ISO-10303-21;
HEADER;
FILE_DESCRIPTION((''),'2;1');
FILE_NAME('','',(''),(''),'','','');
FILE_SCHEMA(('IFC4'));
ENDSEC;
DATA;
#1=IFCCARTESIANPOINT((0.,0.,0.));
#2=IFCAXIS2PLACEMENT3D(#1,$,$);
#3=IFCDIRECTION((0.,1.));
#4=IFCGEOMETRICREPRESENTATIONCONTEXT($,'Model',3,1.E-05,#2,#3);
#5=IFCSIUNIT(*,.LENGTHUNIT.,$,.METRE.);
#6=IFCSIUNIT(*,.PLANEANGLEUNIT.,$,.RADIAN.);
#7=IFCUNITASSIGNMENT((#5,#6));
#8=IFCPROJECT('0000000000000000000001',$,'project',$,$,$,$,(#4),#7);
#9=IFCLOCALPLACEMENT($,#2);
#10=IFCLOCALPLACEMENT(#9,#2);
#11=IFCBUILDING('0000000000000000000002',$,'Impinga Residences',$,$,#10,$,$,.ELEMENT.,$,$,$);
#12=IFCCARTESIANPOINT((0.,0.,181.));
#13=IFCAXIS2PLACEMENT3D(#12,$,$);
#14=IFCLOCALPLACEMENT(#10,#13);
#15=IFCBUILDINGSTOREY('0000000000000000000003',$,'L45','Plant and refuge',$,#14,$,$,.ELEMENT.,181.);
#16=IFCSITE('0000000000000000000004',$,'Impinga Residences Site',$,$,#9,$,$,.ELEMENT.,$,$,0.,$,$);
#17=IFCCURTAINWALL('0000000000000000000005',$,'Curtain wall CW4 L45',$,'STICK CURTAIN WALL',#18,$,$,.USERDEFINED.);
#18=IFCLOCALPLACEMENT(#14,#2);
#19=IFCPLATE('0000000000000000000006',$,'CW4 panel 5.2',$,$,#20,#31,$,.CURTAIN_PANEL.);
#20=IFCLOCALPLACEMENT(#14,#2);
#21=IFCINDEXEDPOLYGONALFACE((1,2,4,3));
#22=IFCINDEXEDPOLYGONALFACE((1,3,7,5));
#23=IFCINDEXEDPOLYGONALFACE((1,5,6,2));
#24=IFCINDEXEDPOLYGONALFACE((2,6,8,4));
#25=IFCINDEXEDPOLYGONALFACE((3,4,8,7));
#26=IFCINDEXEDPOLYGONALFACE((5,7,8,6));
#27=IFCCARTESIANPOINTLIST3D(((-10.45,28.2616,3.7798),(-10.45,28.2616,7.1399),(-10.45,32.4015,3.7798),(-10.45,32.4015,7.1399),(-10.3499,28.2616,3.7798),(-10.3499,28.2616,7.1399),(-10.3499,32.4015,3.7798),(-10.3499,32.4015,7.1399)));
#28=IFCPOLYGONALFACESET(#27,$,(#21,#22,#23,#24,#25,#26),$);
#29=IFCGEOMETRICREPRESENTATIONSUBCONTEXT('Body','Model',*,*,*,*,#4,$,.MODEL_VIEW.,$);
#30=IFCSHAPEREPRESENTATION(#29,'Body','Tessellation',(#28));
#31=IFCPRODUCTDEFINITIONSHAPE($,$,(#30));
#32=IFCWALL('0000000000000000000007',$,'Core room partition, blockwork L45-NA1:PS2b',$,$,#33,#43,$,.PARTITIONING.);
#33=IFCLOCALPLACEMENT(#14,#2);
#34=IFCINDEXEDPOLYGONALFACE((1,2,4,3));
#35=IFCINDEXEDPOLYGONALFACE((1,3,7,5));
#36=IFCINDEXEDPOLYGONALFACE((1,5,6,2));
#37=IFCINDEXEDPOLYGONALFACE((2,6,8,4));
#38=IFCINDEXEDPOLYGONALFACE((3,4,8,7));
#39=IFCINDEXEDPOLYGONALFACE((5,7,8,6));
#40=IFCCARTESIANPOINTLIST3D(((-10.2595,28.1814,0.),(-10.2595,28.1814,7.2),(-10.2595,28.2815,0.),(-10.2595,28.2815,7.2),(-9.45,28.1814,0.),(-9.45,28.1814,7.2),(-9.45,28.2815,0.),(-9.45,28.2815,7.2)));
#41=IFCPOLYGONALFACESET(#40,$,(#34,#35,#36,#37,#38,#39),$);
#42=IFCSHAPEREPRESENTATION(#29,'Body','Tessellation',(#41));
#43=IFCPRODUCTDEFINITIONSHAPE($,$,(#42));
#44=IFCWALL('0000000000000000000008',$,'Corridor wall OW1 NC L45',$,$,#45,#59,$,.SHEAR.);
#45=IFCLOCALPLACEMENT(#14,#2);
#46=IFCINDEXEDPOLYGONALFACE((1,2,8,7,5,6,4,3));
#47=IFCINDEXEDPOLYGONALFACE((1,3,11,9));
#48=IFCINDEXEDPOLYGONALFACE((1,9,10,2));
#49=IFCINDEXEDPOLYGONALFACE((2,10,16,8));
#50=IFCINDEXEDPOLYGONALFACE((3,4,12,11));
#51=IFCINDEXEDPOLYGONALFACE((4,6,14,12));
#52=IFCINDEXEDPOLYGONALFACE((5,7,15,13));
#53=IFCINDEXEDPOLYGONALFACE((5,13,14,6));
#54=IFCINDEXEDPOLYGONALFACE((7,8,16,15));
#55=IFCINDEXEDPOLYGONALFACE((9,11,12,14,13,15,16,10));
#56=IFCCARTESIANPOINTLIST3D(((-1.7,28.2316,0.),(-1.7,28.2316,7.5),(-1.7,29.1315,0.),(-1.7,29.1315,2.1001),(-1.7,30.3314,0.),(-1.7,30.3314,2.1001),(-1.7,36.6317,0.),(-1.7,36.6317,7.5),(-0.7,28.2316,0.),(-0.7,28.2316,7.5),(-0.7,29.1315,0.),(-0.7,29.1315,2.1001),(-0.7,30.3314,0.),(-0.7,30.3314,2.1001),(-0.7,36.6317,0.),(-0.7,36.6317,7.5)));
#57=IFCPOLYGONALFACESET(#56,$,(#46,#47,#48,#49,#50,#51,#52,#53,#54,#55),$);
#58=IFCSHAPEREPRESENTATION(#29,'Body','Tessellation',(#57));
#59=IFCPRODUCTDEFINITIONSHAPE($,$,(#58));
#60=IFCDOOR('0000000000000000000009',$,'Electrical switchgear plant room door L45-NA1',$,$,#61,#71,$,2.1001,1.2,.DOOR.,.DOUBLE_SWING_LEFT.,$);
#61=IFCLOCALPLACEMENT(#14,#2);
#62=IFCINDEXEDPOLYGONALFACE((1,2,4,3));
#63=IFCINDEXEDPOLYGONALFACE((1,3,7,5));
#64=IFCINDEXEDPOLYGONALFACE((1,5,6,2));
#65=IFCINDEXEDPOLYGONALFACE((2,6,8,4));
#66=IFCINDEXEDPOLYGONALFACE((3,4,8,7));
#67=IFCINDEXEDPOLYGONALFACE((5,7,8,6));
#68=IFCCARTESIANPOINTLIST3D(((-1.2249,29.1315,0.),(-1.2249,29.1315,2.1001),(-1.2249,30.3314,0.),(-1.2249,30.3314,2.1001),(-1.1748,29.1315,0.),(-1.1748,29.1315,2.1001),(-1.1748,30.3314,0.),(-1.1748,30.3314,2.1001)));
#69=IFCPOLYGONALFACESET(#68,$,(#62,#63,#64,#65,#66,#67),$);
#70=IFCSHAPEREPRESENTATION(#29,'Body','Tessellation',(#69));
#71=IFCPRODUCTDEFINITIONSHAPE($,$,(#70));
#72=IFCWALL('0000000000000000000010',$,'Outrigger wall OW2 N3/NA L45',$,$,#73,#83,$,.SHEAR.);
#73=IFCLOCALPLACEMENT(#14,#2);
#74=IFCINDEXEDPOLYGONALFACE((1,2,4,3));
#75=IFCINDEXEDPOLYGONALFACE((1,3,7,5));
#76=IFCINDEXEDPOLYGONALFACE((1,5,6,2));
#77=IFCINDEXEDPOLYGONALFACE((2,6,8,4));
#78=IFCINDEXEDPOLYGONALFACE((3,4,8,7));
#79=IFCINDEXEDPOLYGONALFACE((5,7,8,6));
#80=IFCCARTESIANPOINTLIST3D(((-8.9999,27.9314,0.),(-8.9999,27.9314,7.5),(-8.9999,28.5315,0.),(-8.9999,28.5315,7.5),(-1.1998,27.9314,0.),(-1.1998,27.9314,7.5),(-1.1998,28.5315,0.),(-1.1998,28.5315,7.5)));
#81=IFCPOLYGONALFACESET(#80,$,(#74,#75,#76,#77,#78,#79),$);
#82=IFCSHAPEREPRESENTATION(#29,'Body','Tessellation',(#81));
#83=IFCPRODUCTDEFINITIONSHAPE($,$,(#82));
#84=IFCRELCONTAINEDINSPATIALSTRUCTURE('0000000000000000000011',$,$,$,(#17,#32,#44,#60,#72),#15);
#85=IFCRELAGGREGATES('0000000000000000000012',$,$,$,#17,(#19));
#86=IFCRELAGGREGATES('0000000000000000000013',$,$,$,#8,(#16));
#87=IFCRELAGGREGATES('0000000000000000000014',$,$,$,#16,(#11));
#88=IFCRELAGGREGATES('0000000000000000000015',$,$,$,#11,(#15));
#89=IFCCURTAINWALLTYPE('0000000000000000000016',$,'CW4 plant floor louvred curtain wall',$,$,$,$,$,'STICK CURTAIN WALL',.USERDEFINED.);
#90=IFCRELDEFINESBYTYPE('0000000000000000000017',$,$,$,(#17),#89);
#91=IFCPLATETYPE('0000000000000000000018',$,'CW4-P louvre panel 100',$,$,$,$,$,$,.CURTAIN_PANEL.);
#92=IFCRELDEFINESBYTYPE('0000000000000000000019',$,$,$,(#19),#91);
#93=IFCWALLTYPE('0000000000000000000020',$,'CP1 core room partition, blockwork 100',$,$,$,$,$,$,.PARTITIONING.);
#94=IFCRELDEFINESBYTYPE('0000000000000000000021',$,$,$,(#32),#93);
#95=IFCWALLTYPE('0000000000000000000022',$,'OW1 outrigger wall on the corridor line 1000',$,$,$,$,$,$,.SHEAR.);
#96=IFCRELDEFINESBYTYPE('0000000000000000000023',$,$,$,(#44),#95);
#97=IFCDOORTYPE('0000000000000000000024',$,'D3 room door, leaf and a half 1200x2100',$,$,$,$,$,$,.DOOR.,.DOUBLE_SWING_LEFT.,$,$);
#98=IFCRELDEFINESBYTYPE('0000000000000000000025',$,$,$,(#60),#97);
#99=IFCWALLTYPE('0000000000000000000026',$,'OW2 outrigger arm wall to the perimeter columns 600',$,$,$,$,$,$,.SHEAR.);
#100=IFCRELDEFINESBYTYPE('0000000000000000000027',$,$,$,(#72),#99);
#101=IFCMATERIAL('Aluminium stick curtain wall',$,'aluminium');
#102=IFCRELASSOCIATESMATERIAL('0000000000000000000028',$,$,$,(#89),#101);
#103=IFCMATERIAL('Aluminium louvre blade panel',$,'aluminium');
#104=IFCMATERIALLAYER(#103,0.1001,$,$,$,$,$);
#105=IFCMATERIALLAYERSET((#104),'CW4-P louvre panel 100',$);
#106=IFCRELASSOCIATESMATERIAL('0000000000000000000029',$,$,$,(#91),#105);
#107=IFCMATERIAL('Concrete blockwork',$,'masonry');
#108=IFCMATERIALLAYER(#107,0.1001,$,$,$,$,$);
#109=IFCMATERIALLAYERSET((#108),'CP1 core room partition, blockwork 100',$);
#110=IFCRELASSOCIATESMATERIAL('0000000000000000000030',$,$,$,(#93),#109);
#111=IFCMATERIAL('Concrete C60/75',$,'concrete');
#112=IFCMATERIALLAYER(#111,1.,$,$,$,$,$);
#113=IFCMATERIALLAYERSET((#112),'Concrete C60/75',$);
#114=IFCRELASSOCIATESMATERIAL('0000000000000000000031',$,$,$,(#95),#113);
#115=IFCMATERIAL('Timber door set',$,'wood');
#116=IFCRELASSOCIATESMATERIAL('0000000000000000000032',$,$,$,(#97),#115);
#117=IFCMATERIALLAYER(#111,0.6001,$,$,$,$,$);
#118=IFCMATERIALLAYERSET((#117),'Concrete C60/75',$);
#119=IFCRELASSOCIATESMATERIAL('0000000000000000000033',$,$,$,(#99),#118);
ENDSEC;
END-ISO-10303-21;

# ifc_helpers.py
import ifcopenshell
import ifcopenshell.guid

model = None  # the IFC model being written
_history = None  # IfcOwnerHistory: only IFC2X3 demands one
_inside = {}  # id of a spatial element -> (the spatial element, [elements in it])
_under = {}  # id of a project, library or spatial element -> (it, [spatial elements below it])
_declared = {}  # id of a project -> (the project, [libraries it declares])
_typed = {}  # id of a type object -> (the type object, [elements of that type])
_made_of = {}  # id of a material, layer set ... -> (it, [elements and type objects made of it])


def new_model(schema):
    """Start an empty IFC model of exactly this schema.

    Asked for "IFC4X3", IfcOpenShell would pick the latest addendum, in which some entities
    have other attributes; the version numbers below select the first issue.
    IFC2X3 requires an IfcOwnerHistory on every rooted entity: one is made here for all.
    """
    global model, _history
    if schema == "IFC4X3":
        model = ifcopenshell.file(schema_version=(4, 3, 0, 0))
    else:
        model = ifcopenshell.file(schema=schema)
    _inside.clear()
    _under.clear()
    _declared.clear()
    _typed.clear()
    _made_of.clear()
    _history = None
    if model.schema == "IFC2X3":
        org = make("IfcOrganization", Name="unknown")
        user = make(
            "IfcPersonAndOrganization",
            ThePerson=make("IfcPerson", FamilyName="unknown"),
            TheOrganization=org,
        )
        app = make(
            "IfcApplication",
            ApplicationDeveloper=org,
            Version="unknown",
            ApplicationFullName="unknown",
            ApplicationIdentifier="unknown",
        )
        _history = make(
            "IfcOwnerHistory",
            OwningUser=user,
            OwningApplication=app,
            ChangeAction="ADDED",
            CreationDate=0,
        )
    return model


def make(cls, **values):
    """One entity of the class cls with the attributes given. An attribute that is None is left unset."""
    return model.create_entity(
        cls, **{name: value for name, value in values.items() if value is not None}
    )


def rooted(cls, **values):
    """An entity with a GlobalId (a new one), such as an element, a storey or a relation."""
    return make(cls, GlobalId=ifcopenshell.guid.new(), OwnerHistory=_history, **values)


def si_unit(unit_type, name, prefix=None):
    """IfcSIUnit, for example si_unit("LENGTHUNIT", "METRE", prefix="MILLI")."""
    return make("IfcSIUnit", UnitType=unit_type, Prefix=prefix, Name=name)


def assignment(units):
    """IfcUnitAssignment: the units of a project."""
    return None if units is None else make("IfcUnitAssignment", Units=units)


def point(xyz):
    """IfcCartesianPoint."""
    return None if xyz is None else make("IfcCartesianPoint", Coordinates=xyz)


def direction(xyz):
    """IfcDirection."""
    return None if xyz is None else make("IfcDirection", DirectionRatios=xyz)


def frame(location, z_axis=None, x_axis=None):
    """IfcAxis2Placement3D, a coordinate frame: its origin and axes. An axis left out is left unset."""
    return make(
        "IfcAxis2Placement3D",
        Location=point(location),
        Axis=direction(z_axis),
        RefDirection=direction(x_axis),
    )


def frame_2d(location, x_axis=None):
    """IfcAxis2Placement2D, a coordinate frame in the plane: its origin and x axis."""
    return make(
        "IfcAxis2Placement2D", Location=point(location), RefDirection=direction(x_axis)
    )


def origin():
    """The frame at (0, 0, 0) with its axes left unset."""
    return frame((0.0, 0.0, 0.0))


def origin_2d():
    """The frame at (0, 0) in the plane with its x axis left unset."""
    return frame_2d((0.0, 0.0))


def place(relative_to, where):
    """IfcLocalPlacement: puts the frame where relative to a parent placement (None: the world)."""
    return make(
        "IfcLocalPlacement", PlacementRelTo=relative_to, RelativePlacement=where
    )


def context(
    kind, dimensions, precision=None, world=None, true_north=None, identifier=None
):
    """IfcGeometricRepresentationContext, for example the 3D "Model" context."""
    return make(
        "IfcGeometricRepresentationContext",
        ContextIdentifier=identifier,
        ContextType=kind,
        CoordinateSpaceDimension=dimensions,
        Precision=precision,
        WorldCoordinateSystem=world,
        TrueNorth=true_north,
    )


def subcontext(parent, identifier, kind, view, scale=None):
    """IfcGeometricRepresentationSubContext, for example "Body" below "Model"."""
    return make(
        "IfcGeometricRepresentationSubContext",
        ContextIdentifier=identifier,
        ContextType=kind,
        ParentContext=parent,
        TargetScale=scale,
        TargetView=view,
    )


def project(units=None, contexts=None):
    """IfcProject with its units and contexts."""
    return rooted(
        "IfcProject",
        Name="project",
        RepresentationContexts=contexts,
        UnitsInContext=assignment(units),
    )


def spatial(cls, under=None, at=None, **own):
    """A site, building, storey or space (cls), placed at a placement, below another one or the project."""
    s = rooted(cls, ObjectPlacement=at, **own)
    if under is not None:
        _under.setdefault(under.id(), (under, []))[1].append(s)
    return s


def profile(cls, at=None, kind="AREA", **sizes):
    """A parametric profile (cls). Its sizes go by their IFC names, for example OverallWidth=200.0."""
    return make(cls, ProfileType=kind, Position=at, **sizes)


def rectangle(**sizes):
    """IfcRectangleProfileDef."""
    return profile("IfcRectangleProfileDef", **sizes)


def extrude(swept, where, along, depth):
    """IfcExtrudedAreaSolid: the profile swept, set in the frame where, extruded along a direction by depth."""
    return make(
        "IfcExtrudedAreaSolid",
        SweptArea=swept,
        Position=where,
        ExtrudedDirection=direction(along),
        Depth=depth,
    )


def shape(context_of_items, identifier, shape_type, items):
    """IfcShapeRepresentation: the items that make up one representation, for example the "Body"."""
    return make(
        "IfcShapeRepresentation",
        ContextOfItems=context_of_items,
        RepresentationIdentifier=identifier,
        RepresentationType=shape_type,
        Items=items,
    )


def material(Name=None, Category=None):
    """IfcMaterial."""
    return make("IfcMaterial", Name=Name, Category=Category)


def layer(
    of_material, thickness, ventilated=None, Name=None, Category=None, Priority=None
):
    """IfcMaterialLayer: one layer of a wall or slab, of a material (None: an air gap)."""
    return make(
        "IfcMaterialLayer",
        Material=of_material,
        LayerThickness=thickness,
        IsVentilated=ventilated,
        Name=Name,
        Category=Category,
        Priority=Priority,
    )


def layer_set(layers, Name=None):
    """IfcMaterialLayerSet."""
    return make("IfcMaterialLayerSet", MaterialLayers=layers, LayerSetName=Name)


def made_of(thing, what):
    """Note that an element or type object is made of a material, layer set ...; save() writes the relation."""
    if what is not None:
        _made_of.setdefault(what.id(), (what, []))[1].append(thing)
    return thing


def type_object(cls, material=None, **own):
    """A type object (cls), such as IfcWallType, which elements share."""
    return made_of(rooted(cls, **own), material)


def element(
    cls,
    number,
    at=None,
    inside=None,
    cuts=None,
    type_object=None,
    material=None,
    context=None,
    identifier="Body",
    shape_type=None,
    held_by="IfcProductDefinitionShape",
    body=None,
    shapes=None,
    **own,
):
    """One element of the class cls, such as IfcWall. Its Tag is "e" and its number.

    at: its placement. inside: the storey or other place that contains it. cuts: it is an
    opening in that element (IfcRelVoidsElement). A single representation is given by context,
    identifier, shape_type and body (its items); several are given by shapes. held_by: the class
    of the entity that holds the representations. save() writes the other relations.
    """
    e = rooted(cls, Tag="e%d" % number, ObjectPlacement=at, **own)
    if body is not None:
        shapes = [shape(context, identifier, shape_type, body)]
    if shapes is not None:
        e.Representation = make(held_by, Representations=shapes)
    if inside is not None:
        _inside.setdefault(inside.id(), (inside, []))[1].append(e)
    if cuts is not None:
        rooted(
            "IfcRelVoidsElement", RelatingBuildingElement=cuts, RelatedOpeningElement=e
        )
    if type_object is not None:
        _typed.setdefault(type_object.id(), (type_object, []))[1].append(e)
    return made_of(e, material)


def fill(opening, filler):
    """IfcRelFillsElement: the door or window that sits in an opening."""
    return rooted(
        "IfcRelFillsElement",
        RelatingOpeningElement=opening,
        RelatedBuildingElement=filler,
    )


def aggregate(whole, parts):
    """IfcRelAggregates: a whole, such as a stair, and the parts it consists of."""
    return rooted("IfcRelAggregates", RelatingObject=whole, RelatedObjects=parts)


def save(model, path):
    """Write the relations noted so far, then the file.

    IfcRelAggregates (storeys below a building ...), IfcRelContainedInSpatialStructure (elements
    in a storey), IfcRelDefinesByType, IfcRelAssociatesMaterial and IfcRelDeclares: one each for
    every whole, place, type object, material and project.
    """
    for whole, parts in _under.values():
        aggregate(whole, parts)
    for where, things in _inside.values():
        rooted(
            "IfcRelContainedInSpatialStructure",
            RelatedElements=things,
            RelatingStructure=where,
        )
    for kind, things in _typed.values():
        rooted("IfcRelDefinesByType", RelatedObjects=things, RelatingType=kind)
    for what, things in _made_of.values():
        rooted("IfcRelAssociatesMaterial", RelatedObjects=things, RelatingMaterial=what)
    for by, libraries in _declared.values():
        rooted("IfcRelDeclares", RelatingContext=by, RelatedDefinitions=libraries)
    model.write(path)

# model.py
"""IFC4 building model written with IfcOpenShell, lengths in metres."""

from ifc_helpers import new_model, si_unit, direction, frame, frame_2d, origin, origin_2d, place, context, subcontext, project, spatial, rectangle, extrude, material, layer, layer_set, type_object, element, fill, aggregate, save


model = new_model("IFC4")

# Units and contexts
model_context = context("Model", 3, precision=1e-05, world=origin(), true_north=direction((0.0, 1.0)))
body_context = subcontext(model_context, "Body", "Model", "MODEL_VIEW")
ifc_project = project(units=[si_unit("LENGTHUNIT", "METRE"), si_unit("PLANEANGLEUNIT", "RADIAN")], contexts=[model_context])

# Site, building, storey
site_placement = place(None, origin())
site = spatial("IfcSite", under=ifc_project, at=site_placement, Name="Impinga Residences Site", CompositionType="ELEMENT", RefElevation=0.0)
building_placement = place(site_placement, origin())
building = spatial("IfcBuilding", under=site, at=building_placement, Name="Impinga Residences", CompositionType="ELEMENT")
storey_placement = place(building_placement, frame((0.0, 0.0, 181.0)))
storey = spatial("IfcBuildingStorey", under=building, at=storey_placement, Name="L45", Description="Plant and refuge", CompositionType="ELEMENT", Elevation=181.0)

# Shared definitions
ifc_material_1 = material(Name="Concrete C60/75", Category="concrete")

# Curtain wall, plate
ifc_material_2 = material(Name="Aluminium stick curtain wall", Category="aluminium")
curtain_wall_type = type_object("IfcCurtainWallType", Name="CW4 plant floor louvred curtain wall", ElementType="STICK CURTAIN WALL", PredefinedType="USERDEFINED", material=ifc_material_2)
curtain_wall_placement = place(storey_placement, origin())
curtain_wall = element("IfcCurtainWall", 1, at=curtain_wall_placement, inside=storey, type_object=curtain_wall_type, Name="Curtain wall CW4 L45", ObjectType="STICK CURTAIN WALL", PredefinedType="USERDEFINED")
ifc_material_3 = material(Name="Aluminium louvre blade panel", Category="aluminium")
ifc_layer_1 = layer(ifc_material_3, 0.1001)
ifc_layer_set_1 = layer_set([ifc_layer_1], Name="CW4-P louvre panel 100")
plate_type = type_object("IfcPlateType", Name="CW4-P louvre panel 100", PredefinedType="CURTAIN_PANEL", material=ifc_layer_set_1)
plate_1_placement = place(storey_placement, frame((-10.3999, 30.3315, 3.7798), z_axis=(0.0, 0.0, 1.0), x_axis=(0.0, 1.0, 0.0)))
plate_1 = element("IfcPlate", 2, at=plate_1_placement, type_object=plate_type, Name="CW4 panel 5.2", PredefinedType="CURTAIN_PANEL", context=body_context, shape_type="SweptSolid", body=[
    extrude(rectangle(XDim=4.1399, YDim=0.1001, at=origin_2d()), origin(), (0.0, 0.0, 1.0), 3.3601),
])
aggregate(curtain_wall, [plate_1])

# Wall
ifc_material_4 = material(Name="Concrete blockwork", Category="masonry")
ifc_layer_2 = layer(ifc_material_4, 0.1001)
ifc_layer_set_2 = layer_set([ifc_layer_2], Name="CP1 core room partition, blockwork 100")
wall_type_1 = type_object("IfcWallType", Name="CP1 core room partition, blockwork 100", PredefinedType="PARTITIONING", material=ifc_layer_set_2)
wall_1_placement = place(storey_placement, frame((-9.45, 28.2314, 0.0), z_axis=(0.0, 0.0, 1.0), x_axis=(-1.0, 0.0, 0.0)))
element("IfcWall", 3, at=wall_1_placement, inside=storey, type_object=wall_type_1, Name="Core room partition, blockwork L45-NA1:PS2b", PredefinedType="PARTITIONING", context=body_context, shape_type="SweptSolid", body=[
    extrude(rectangle(XDim=0.8096, YDim=0.1001, at=frame_2d((0.4048, 0.0))), origin(), (0.0, 0.0, 1.0), 7.2),
])

# Wall, opening, door
ifc_layer_3 = layer(ifc_material_1, 1.0)
ifc_layer_set_3 = layer_set([ifc_layer_3], Name="Concrete C60/75")
wall_type_2 = type_object("IfcWallType", Name="OW1 outrigger wall on the corridor line 1000", PredefinedType="SHEAR", material=ifc_layer_set_3)
wall_2_placement = place(storey_placement, frame((-1.2, 28.2314, 0.0), z_axis=(0.0, 0.0, 1.0), x_axis=(0.0, 1.0, 0.0)))
wall_2 = element("IfcWall", 4, at=wall_2_placement, inside=storey, type_object=wall_type_2, Name="Corridor wall OW1 NC L45", PredefinedType="SHEAR", context=body_context, shape_type="SweptSolid", body=[
    extrude(rectangle(XDim=8.4001, YDim=1.0, at=frame_2d((4.2002, 0.0))), origin(), (0.0, 0.0, 1.0), 7.5),
])
opening_placement = place(wall_2_placement, frame((0.8999, 0.0, 0.0)))
opening = element("IfcOpeningElement", 5, at=opening_placement, cuts=wall_2, PredefinedType="OPENING", context=body_context, shape_type="SweptSolid", body=[
    extrude(rectangle(XDim=1.2, YDim=2.1001, at=frame_2d((0.6001, 1.05))), frame((0.0, 0.51, 0.0), z_axis=(0.0, -1.0, 0.0), x_axis=(1.0, 0.0, 0.0)), (0.0, 0.0, 1.0), 1.02),
])
ifc_material_5 = material(Name="Timber door set", Category="wood")
door_type = type_object("IfcDoorType", Name="D3 room door, leaf and a half 1200x2100", OperationType="DOUBLE_SWING_LEFT", PredefinedType="DOOR", material=ifc_material_5)
door_placement = place(opening_placement, origin())
door = element("IfcDoor", 6, at=door_placement, inside=storey, type_object=door_type, Name="Electrical switchgear plant room door L45-NA1", OperationType="DOUBLE_SWING_LEFT", OverallHeight=2.1001, OverallWidth=1.2, PredefinedType="DOOR", context=body_context, shape_type="SweptSolid", body=[
    extrude(rectangle(XDim=1.2, YDim=2.1001, at=frame_2d((0.6001, 1.05))), frame((0.0, 0.0249, 0.0), z_axis=(0.0, -1.0, 0.0), x_axis=(1.0, 0.0, 0.0)), (0.0, 0.0, 1.0), 0.05),
])
fill(opening, door)

# Wall
ifc_layer_4 = layer(ifc_material_1, 0.6001)
ifc_layer_set_4 = layer_set([ifc_layer_4], Name="Concrete C60/75")
wall_type_3 = type_object("IfcWallType", Name="OW2 outrigger arm wall to the perimeter columns 600", PredefinedType="SHEAR", material=ifc_layer_set_4)
wall_3_placement = place(storey_placement, frame((-1.2, 28.2314, 0.0), z_axis=(0.0, 0.0, 1.0), x_axis=(-1.0, 0.0, 0.0)))
element("IfcWall", 7, at=wall_3_placement, inside=storey, type_object=wall_type_3, Name="Outrigger wall OW2 N3/NA L45", PredefinedType="SHEAR", context=body_context, shape_type="SweptSolid", body=[
    extrude(rectangle(XDim=7.8, YDim=0.6001, at=frame_2d((3.8999, 0.0))), origin(), (0.0, 0.0, 1.0), 7.5),
])

save(model, "model.ifc")
